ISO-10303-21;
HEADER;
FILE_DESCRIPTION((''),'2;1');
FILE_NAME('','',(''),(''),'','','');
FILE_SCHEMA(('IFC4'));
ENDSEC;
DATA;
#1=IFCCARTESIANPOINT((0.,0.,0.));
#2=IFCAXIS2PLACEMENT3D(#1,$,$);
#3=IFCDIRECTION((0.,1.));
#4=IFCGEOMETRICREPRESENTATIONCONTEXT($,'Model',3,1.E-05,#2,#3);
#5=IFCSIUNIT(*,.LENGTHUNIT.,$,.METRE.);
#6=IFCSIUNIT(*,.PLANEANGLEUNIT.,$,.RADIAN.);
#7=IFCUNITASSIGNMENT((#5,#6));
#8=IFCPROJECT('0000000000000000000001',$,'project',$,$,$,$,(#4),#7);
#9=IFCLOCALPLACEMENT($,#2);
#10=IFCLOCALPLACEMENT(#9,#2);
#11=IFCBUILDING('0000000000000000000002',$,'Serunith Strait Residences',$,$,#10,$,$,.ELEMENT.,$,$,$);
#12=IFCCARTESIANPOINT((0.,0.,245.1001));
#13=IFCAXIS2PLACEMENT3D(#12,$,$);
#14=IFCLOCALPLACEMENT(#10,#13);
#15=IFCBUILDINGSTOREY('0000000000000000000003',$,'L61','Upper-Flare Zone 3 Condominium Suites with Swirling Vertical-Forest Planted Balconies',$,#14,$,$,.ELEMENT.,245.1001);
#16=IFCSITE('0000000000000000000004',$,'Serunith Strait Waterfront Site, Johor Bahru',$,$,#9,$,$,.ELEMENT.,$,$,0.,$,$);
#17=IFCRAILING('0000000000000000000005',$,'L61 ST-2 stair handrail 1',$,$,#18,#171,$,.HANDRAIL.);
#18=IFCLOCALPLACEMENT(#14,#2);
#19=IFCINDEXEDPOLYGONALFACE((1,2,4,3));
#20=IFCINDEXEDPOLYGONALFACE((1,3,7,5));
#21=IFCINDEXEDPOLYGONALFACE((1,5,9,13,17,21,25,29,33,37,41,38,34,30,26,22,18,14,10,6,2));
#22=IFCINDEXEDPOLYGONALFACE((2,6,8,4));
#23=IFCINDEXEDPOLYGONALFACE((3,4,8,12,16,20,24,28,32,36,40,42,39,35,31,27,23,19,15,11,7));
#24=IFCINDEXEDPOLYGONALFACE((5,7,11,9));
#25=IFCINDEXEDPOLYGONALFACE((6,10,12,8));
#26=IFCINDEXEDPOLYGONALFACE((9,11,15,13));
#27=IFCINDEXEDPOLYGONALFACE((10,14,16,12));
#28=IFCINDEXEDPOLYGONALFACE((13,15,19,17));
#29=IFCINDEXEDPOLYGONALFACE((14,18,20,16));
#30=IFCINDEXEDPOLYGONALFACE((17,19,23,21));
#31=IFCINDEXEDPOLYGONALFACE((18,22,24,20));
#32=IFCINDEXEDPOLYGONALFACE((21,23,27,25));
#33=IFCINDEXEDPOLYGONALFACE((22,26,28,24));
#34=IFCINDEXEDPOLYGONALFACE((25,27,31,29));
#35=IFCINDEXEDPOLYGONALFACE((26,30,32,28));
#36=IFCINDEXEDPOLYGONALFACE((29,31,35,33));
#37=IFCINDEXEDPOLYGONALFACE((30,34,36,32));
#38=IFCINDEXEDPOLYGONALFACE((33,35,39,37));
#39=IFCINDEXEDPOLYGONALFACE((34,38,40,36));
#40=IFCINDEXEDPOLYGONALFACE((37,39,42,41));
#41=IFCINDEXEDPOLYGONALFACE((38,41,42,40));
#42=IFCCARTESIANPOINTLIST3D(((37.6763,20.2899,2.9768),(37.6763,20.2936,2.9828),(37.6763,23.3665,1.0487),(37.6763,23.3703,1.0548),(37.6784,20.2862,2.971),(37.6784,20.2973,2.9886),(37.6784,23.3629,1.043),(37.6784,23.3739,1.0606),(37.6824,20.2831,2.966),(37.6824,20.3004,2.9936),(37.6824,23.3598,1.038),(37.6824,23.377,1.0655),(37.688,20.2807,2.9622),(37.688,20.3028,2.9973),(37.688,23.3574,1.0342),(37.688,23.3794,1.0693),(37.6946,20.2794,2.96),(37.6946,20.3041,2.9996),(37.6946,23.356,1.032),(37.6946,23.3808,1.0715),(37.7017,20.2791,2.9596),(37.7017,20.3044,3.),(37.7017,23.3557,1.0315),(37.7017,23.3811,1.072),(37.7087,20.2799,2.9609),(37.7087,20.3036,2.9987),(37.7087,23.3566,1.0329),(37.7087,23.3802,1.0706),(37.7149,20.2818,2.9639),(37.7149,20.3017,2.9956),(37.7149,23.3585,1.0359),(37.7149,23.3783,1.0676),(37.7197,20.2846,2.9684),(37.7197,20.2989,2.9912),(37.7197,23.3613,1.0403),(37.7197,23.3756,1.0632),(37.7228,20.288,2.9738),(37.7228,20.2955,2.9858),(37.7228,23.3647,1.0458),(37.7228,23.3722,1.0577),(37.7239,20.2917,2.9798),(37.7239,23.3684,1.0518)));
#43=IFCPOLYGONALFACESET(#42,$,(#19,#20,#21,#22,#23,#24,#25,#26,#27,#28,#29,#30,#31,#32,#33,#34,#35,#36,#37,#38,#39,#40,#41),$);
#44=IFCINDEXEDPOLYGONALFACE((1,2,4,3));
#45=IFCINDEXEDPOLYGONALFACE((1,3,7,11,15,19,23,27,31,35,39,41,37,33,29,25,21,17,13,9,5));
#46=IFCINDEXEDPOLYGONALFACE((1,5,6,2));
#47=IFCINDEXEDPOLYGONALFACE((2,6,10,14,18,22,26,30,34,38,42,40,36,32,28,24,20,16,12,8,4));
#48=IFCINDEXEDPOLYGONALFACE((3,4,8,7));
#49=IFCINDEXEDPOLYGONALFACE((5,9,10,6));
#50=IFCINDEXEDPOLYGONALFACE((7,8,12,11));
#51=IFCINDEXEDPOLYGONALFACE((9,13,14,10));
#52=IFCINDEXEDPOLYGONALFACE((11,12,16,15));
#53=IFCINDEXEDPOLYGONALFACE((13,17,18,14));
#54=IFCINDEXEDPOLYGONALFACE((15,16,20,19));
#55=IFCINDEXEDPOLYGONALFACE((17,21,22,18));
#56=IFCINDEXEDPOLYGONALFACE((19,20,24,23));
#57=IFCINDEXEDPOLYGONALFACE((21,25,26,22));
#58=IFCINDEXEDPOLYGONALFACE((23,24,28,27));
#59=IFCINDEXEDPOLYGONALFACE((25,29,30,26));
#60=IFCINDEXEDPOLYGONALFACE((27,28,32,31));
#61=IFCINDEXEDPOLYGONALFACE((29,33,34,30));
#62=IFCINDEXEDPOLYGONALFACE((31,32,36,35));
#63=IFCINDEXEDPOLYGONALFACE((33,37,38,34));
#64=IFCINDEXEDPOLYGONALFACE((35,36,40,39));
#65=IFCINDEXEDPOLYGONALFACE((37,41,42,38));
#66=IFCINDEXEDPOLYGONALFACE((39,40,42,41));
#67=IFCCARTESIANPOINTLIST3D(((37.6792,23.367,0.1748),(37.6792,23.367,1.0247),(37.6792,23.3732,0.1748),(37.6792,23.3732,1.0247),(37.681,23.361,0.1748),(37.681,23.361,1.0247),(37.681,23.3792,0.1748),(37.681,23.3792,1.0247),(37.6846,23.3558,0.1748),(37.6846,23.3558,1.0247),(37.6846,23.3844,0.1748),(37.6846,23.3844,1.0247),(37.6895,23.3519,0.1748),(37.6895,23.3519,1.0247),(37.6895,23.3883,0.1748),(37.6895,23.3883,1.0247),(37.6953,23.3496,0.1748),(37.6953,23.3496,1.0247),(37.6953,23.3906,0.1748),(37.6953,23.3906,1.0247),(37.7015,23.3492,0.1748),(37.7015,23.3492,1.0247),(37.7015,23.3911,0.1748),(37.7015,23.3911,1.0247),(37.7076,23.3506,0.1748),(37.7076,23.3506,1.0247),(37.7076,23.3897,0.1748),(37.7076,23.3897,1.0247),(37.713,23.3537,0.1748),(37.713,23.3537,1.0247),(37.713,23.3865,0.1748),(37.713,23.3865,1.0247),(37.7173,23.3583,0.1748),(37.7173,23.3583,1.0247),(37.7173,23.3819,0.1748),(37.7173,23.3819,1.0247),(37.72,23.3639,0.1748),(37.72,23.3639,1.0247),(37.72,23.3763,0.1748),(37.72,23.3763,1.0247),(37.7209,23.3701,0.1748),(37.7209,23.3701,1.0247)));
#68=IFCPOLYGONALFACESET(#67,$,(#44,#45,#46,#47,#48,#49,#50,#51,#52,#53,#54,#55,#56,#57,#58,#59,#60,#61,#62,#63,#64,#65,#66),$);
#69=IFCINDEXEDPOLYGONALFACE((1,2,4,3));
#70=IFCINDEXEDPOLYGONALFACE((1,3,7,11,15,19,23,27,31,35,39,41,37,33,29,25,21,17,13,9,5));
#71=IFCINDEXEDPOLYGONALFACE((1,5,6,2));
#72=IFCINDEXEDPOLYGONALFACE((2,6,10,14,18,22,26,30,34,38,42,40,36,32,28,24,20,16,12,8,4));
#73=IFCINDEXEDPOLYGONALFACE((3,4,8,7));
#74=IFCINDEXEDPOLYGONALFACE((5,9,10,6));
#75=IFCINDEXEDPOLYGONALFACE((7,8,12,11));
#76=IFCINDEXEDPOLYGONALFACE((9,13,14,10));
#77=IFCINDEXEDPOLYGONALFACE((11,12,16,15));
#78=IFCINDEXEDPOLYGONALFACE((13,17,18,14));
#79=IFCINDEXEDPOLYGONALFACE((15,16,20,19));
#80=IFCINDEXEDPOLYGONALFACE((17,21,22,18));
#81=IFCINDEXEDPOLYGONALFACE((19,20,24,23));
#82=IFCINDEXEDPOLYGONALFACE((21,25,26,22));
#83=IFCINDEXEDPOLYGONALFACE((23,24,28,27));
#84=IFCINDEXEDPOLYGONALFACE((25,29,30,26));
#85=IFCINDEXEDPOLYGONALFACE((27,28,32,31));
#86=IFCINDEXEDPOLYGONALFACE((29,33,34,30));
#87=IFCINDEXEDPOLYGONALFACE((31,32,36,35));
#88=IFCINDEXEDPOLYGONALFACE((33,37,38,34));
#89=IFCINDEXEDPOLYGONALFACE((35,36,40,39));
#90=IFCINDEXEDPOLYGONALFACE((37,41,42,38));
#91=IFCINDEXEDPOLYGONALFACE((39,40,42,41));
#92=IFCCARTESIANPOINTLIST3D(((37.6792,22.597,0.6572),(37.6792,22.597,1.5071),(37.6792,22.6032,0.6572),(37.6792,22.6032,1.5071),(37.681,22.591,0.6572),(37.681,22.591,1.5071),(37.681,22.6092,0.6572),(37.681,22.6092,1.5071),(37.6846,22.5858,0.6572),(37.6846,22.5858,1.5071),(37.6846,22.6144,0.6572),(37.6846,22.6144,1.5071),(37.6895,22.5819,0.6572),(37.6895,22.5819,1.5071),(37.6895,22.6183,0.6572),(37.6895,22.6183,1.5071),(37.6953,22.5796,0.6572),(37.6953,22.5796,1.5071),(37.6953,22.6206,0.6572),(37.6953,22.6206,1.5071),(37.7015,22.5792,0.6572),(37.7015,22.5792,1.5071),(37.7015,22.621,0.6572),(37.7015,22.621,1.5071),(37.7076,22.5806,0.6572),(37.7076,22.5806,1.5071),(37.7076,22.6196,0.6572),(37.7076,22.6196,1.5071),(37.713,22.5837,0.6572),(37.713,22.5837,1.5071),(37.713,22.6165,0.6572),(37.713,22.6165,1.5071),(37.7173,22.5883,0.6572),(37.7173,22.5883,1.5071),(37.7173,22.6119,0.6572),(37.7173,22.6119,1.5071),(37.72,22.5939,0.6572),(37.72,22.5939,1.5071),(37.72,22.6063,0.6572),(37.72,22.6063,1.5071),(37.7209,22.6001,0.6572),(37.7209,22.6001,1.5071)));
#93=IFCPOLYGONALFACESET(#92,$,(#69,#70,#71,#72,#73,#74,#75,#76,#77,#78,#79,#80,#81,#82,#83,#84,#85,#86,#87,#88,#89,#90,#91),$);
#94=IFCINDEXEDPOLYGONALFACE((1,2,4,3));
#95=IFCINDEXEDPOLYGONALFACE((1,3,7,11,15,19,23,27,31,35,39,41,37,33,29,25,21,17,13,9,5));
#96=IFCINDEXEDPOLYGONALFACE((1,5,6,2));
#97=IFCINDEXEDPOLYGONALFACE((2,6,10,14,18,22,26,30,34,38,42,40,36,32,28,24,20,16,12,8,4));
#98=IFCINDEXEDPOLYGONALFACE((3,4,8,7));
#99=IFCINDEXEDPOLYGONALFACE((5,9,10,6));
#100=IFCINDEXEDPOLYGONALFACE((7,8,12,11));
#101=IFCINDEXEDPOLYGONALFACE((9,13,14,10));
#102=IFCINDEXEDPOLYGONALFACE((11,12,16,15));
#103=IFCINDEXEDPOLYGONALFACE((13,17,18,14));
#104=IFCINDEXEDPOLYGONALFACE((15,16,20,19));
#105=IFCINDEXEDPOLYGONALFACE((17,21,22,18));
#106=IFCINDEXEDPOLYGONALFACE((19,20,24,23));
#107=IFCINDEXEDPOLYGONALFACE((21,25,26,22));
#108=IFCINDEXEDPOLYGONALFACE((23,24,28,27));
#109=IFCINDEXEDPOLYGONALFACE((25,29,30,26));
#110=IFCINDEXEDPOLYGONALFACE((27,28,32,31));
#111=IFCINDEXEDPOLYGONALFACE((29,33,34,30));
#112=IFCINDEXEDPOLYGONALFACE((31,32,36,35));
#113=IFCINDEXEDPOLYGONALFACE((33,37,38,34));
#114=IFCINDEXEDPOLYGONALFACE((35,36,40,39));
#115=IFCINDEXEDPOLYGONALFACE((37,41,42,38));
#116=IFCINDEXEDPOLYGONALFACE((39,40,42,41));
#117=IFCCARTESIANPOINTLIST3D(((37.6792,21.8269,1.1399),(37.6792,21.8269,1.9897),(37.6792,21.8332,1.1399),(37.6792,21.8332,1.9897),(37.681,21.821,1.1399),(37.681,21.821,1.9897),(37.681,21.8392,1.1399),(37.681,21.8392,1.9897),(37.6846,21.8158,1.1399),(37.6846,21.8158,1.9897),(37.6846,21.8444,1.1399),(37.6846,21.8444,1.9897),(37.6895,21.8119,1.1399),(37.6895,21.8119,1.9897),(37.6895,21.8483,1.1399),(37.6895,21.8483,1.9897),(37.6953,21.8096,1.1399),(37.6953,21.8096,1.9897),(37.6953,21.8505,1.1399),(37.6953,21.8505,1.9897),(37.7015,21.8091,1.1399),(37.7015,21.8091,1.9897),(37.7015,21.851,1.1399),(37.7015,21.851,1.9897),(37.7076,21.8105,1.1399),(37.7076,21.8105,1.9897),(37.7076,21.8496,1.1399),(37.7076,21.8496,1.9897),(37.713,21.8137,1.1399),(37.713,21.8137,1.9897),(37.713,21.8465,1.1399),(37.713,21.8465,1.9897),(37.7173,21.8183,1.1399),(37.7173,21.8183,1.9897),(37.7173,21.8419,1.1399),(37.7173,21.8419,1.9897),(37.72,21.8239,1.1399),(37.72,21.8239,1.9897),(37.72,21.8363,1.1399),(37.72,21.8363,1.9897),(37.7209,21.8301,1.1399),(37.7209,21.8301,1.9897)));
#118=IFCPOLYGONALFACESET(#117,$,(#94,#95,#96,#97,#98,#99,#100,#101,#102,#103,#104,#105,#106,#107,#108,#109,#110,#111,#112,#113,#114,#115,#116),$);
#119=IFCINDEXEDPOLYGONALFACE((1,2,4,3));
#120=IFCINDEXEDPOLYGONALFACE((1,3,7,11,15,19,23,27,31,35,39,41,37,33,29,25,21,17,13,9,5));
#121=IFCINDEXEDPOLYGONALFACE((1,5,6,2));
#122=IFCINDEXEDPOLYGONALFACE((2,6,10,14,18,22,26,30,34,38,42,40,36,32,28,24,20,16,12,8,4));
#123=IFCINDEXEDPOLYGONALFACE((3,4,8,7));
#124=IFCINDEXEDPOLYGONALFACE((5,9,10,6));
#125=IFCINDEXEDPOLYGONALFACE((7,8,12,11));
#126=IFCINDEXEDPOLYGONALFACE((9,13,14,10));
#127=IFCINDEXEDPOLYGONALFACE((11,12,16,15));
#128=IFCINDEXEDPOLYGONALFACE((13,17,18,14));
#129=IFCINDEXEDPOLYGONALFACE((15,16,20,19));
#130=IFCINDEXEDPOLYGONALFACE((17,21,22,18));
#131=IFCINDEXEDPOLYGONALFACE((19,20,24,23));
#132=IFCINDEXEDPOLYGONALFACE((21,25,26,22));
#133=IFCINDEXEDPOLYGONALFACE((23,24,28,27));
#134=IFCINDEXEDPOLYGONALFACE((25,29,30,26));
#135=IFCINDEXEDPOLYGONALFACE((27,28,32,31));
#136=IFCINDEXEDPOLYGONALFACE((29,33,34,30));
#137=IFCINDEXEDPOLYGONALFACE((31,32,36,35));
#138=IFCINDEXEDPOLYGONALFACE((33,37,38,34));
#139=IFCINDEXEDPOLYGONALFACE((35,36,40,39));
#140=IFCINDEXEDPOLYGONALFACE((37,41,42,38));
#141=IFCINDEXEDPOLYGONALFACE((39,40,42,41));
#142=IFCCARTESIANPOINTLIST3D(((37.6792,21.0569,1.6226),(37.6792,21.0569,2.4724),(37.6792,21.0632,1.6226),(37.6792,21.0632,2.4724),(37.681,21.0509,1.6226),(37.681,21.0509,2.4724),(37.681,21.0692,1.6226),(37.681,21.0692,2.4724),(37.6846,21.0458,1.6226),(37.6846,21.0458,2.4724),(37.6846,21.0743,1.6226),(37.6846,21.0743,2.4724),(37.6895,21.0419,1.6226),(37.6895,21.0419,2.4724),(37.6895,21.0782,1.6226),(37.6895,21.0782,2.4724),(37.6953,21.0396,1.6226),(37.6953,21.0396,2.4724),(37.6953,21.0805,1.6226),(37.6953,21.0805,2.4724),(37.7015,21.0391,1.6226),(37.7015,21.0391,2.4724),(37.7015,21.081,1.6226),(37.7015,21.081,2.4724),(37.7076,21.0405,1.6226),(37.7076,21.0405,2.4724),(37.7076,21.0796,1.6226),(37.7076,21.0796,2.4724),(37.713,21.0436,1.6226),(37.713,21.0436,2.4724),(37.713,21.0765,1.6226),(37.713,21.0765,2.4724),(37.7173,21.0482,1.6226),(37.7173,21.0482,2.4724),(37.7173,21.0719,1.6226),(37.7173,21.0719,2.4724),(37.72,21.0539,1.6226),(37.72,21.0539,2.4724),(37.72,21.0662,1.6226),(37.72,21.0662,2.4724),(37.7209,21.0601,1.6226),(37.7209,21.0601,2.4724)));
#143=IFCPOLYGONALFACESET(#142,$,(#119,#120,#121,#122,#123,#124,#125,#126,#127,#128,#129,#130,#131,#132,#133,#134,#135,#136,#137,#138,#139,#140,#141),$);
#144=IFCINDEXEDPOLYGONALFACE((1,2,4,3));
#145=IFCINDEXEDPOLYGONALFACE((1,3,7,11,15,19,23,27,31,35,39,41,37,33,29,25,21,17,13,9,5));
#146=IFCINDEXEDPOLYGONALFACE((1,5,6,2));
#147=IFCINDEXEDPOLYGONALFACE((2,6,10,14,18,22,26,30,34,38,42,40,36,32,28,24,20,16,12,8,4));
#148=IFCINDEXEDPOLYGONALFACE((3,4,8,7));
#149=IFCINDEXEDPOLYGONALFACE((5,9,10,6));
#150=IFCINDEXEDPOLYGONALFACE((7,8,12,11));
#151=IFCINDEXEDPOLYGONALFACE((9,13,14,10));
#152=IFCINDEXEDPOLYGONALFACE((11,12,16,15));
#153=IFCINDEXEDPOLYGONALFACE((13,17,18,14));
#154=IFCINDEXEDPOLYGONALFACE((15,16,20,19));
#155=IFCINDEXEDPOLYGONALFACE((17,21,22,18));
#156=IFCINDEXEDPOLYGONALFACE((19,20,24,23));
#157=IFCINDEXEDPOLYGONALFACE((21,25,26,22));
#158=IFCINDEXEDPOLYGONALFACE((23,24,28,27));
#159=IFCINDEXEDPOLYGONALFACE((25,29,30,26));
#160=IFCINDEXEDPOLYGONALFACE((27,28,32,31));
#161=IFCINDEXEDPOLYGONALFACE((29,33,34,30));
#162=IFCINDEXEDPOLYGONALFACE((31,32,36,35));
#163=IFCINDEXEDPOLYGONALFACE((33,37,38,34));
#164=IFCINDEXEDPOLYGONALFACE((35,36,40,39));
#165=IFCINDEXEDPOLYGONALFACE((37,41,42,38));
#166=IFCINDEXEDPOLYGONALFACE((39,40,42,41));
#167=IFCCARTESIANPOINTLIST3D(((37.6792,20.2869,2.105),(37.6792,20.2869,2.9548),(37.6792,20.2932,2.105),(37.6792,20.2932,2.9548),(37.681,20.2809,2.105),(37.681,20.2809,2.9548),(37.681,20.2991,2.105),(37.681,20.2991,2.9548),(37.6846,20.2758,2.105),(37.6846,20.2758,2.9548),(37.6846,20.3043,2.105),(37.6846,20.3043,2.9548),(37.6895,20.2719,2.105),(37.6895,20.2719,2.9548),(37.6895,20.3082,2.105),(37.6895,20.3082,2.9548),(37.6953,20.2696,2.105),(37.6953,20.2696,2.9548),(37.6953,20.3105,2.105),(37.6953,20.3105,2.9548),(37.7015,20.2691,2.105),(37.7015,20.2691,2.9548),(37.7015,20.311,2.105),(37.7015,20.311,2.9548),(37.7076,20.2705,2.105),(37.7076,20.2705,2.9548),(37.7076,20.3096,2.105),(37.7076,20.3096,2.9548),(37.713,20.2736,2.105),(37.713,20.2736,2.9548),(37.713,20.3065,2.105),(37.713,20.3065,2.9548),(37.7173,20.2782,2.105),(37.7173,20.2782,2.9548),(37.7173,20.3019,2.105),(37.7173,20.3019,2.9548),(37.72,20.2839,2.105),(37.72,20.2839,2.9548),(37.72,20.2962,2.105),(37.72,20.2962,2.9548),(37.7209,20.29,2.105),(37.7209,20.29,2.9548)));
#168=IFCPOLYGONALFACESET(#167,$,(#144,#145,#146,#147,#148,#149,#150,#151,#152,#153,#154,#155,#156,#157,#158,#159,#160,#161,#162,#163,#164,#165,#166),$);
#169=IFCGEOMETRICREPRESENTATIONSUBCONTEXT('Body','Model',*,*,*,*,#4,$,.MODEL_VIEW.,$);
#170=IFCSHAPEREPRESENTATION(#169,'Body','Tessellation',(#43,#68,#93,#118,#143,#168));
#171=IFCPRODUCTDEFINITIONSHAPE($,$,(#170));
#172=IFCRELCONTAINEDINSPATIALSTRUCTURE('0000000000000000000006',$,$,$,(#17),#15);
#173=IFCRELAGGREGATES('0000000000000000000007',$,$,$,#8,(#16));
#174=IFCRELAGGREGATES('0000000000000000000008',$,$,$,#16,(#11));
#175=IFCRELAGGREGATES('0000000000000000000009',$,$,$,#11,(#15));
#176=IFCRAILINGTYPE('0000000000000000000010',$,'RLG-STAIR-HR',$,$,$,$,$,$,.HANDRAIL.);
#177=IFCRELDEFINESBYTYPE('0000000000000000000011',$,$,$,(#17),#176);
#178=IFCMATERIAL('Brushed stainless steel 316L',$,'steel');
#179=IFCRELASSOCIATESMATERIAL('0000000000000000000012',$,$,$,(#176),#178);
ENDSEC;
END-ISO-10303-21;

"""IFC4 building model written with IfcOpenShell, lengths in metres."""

from ifc_helpers import new_model, si_unit, direction, frame, origin, origin_2d, place, context, subcontext, project, spatial, circle, extrude, material, type_object, element, save


model = new_model("IFC4")

# Units and contexts
model_context = context("Model", 3, precision=1e-05, world=origin(), true_north=direction((0.0, 1.0)))
body_context = subcontext(model_context, "Body", "Model", "MODEL_VIEW")
ifc_project = project(units=[si_unit("LENGTHUNIT", "METRE"), si_unit("PLANEANGLEUNIT", "RADIAN")], contexts=[model_context])

# Site, building, storey
site_placement = place(None, origin())
site = spatial("IfcSite", under=ifc_project, at=site_placement, Name="Serunith Strait Waterfront Site, Johor Bahru", CompositionType="ELEMENT", RefElevation=0.0)
building_placement = place(site_placement, origin())
building = spatial("IfcBuilding", under=site, at=building_placement, Name="Serunith Strait Residences", CompositionType="ELEMENT")
storey_placement = place(building_placement, frame((0.0, 0.0, 245.1001)))
storey = spatial("IfcBuildingStorey", under=building, at=storey_placement, Name="L61", Description="Upper-Flare Zone 3 Condominium Suites with Swirling Vertical-Forest Planted Balconies", CompositionType="ELEMENT", Elevation=245.1001)

# Railing
ifc_material_1 = material(Name="Brushed stainless steel 316L", Category="steel")
railing_type_1 = type_object("IfcRailingType", Name="RLG-STAIR-HR", PredefinedType="HANDRAIL", material=ifc_material_1)
railing_1_placement = place(storey_placement, frame((37.7, 23.3701, 0.1748)))
element("IfcRailing", 1, at=railing_1_placement, inside=storey, type_object=railing_type_1, Name="L61 ST-2 stair handrail 1", PredefinedType="HANDRAIL", context=body_context, shape_type="SweptSolid", body=[
    extrude(circle(Radius=0.0239, at=origin_2d()), frame((0.0, -0.0017, 0.877), z_axis=(0.0, -0.847364, 0.531013), x_axis=(1.0, 0.0, 0.0)), (0.0, 0.0, 1.0), 3.6309),
    extrude(circle(Radius=0.021, at=origin_2d()), origin(), (0.0, 0.0, 1.0), 0.8499),
    extrude(circle(Radius=0.021, at=origin_2d()), frame((0.0, -0.77, 0.4824)), (0.0, 0.0, 1.0), 0.8499),
    extrude(circle(Radius=0.021, at=origin_2d()), frame((0.0, -1.54, 0.9651)), (0.0, 0.0, 1.0), 0.8499),
    extrude(circle(Radius=0.021, at=origin_2d()), frame((0.0, -2.3101, 1.4478)), (0.0, 0.0, 1.0), 0.8499),
    extrude(circle(Radius=0.021, at=origin_2d()), frame((0.0, -3.0801, 1.9302)), (0.0, 0.0, 1.0), 0.8499),
])

save(model, "model.ifc")
